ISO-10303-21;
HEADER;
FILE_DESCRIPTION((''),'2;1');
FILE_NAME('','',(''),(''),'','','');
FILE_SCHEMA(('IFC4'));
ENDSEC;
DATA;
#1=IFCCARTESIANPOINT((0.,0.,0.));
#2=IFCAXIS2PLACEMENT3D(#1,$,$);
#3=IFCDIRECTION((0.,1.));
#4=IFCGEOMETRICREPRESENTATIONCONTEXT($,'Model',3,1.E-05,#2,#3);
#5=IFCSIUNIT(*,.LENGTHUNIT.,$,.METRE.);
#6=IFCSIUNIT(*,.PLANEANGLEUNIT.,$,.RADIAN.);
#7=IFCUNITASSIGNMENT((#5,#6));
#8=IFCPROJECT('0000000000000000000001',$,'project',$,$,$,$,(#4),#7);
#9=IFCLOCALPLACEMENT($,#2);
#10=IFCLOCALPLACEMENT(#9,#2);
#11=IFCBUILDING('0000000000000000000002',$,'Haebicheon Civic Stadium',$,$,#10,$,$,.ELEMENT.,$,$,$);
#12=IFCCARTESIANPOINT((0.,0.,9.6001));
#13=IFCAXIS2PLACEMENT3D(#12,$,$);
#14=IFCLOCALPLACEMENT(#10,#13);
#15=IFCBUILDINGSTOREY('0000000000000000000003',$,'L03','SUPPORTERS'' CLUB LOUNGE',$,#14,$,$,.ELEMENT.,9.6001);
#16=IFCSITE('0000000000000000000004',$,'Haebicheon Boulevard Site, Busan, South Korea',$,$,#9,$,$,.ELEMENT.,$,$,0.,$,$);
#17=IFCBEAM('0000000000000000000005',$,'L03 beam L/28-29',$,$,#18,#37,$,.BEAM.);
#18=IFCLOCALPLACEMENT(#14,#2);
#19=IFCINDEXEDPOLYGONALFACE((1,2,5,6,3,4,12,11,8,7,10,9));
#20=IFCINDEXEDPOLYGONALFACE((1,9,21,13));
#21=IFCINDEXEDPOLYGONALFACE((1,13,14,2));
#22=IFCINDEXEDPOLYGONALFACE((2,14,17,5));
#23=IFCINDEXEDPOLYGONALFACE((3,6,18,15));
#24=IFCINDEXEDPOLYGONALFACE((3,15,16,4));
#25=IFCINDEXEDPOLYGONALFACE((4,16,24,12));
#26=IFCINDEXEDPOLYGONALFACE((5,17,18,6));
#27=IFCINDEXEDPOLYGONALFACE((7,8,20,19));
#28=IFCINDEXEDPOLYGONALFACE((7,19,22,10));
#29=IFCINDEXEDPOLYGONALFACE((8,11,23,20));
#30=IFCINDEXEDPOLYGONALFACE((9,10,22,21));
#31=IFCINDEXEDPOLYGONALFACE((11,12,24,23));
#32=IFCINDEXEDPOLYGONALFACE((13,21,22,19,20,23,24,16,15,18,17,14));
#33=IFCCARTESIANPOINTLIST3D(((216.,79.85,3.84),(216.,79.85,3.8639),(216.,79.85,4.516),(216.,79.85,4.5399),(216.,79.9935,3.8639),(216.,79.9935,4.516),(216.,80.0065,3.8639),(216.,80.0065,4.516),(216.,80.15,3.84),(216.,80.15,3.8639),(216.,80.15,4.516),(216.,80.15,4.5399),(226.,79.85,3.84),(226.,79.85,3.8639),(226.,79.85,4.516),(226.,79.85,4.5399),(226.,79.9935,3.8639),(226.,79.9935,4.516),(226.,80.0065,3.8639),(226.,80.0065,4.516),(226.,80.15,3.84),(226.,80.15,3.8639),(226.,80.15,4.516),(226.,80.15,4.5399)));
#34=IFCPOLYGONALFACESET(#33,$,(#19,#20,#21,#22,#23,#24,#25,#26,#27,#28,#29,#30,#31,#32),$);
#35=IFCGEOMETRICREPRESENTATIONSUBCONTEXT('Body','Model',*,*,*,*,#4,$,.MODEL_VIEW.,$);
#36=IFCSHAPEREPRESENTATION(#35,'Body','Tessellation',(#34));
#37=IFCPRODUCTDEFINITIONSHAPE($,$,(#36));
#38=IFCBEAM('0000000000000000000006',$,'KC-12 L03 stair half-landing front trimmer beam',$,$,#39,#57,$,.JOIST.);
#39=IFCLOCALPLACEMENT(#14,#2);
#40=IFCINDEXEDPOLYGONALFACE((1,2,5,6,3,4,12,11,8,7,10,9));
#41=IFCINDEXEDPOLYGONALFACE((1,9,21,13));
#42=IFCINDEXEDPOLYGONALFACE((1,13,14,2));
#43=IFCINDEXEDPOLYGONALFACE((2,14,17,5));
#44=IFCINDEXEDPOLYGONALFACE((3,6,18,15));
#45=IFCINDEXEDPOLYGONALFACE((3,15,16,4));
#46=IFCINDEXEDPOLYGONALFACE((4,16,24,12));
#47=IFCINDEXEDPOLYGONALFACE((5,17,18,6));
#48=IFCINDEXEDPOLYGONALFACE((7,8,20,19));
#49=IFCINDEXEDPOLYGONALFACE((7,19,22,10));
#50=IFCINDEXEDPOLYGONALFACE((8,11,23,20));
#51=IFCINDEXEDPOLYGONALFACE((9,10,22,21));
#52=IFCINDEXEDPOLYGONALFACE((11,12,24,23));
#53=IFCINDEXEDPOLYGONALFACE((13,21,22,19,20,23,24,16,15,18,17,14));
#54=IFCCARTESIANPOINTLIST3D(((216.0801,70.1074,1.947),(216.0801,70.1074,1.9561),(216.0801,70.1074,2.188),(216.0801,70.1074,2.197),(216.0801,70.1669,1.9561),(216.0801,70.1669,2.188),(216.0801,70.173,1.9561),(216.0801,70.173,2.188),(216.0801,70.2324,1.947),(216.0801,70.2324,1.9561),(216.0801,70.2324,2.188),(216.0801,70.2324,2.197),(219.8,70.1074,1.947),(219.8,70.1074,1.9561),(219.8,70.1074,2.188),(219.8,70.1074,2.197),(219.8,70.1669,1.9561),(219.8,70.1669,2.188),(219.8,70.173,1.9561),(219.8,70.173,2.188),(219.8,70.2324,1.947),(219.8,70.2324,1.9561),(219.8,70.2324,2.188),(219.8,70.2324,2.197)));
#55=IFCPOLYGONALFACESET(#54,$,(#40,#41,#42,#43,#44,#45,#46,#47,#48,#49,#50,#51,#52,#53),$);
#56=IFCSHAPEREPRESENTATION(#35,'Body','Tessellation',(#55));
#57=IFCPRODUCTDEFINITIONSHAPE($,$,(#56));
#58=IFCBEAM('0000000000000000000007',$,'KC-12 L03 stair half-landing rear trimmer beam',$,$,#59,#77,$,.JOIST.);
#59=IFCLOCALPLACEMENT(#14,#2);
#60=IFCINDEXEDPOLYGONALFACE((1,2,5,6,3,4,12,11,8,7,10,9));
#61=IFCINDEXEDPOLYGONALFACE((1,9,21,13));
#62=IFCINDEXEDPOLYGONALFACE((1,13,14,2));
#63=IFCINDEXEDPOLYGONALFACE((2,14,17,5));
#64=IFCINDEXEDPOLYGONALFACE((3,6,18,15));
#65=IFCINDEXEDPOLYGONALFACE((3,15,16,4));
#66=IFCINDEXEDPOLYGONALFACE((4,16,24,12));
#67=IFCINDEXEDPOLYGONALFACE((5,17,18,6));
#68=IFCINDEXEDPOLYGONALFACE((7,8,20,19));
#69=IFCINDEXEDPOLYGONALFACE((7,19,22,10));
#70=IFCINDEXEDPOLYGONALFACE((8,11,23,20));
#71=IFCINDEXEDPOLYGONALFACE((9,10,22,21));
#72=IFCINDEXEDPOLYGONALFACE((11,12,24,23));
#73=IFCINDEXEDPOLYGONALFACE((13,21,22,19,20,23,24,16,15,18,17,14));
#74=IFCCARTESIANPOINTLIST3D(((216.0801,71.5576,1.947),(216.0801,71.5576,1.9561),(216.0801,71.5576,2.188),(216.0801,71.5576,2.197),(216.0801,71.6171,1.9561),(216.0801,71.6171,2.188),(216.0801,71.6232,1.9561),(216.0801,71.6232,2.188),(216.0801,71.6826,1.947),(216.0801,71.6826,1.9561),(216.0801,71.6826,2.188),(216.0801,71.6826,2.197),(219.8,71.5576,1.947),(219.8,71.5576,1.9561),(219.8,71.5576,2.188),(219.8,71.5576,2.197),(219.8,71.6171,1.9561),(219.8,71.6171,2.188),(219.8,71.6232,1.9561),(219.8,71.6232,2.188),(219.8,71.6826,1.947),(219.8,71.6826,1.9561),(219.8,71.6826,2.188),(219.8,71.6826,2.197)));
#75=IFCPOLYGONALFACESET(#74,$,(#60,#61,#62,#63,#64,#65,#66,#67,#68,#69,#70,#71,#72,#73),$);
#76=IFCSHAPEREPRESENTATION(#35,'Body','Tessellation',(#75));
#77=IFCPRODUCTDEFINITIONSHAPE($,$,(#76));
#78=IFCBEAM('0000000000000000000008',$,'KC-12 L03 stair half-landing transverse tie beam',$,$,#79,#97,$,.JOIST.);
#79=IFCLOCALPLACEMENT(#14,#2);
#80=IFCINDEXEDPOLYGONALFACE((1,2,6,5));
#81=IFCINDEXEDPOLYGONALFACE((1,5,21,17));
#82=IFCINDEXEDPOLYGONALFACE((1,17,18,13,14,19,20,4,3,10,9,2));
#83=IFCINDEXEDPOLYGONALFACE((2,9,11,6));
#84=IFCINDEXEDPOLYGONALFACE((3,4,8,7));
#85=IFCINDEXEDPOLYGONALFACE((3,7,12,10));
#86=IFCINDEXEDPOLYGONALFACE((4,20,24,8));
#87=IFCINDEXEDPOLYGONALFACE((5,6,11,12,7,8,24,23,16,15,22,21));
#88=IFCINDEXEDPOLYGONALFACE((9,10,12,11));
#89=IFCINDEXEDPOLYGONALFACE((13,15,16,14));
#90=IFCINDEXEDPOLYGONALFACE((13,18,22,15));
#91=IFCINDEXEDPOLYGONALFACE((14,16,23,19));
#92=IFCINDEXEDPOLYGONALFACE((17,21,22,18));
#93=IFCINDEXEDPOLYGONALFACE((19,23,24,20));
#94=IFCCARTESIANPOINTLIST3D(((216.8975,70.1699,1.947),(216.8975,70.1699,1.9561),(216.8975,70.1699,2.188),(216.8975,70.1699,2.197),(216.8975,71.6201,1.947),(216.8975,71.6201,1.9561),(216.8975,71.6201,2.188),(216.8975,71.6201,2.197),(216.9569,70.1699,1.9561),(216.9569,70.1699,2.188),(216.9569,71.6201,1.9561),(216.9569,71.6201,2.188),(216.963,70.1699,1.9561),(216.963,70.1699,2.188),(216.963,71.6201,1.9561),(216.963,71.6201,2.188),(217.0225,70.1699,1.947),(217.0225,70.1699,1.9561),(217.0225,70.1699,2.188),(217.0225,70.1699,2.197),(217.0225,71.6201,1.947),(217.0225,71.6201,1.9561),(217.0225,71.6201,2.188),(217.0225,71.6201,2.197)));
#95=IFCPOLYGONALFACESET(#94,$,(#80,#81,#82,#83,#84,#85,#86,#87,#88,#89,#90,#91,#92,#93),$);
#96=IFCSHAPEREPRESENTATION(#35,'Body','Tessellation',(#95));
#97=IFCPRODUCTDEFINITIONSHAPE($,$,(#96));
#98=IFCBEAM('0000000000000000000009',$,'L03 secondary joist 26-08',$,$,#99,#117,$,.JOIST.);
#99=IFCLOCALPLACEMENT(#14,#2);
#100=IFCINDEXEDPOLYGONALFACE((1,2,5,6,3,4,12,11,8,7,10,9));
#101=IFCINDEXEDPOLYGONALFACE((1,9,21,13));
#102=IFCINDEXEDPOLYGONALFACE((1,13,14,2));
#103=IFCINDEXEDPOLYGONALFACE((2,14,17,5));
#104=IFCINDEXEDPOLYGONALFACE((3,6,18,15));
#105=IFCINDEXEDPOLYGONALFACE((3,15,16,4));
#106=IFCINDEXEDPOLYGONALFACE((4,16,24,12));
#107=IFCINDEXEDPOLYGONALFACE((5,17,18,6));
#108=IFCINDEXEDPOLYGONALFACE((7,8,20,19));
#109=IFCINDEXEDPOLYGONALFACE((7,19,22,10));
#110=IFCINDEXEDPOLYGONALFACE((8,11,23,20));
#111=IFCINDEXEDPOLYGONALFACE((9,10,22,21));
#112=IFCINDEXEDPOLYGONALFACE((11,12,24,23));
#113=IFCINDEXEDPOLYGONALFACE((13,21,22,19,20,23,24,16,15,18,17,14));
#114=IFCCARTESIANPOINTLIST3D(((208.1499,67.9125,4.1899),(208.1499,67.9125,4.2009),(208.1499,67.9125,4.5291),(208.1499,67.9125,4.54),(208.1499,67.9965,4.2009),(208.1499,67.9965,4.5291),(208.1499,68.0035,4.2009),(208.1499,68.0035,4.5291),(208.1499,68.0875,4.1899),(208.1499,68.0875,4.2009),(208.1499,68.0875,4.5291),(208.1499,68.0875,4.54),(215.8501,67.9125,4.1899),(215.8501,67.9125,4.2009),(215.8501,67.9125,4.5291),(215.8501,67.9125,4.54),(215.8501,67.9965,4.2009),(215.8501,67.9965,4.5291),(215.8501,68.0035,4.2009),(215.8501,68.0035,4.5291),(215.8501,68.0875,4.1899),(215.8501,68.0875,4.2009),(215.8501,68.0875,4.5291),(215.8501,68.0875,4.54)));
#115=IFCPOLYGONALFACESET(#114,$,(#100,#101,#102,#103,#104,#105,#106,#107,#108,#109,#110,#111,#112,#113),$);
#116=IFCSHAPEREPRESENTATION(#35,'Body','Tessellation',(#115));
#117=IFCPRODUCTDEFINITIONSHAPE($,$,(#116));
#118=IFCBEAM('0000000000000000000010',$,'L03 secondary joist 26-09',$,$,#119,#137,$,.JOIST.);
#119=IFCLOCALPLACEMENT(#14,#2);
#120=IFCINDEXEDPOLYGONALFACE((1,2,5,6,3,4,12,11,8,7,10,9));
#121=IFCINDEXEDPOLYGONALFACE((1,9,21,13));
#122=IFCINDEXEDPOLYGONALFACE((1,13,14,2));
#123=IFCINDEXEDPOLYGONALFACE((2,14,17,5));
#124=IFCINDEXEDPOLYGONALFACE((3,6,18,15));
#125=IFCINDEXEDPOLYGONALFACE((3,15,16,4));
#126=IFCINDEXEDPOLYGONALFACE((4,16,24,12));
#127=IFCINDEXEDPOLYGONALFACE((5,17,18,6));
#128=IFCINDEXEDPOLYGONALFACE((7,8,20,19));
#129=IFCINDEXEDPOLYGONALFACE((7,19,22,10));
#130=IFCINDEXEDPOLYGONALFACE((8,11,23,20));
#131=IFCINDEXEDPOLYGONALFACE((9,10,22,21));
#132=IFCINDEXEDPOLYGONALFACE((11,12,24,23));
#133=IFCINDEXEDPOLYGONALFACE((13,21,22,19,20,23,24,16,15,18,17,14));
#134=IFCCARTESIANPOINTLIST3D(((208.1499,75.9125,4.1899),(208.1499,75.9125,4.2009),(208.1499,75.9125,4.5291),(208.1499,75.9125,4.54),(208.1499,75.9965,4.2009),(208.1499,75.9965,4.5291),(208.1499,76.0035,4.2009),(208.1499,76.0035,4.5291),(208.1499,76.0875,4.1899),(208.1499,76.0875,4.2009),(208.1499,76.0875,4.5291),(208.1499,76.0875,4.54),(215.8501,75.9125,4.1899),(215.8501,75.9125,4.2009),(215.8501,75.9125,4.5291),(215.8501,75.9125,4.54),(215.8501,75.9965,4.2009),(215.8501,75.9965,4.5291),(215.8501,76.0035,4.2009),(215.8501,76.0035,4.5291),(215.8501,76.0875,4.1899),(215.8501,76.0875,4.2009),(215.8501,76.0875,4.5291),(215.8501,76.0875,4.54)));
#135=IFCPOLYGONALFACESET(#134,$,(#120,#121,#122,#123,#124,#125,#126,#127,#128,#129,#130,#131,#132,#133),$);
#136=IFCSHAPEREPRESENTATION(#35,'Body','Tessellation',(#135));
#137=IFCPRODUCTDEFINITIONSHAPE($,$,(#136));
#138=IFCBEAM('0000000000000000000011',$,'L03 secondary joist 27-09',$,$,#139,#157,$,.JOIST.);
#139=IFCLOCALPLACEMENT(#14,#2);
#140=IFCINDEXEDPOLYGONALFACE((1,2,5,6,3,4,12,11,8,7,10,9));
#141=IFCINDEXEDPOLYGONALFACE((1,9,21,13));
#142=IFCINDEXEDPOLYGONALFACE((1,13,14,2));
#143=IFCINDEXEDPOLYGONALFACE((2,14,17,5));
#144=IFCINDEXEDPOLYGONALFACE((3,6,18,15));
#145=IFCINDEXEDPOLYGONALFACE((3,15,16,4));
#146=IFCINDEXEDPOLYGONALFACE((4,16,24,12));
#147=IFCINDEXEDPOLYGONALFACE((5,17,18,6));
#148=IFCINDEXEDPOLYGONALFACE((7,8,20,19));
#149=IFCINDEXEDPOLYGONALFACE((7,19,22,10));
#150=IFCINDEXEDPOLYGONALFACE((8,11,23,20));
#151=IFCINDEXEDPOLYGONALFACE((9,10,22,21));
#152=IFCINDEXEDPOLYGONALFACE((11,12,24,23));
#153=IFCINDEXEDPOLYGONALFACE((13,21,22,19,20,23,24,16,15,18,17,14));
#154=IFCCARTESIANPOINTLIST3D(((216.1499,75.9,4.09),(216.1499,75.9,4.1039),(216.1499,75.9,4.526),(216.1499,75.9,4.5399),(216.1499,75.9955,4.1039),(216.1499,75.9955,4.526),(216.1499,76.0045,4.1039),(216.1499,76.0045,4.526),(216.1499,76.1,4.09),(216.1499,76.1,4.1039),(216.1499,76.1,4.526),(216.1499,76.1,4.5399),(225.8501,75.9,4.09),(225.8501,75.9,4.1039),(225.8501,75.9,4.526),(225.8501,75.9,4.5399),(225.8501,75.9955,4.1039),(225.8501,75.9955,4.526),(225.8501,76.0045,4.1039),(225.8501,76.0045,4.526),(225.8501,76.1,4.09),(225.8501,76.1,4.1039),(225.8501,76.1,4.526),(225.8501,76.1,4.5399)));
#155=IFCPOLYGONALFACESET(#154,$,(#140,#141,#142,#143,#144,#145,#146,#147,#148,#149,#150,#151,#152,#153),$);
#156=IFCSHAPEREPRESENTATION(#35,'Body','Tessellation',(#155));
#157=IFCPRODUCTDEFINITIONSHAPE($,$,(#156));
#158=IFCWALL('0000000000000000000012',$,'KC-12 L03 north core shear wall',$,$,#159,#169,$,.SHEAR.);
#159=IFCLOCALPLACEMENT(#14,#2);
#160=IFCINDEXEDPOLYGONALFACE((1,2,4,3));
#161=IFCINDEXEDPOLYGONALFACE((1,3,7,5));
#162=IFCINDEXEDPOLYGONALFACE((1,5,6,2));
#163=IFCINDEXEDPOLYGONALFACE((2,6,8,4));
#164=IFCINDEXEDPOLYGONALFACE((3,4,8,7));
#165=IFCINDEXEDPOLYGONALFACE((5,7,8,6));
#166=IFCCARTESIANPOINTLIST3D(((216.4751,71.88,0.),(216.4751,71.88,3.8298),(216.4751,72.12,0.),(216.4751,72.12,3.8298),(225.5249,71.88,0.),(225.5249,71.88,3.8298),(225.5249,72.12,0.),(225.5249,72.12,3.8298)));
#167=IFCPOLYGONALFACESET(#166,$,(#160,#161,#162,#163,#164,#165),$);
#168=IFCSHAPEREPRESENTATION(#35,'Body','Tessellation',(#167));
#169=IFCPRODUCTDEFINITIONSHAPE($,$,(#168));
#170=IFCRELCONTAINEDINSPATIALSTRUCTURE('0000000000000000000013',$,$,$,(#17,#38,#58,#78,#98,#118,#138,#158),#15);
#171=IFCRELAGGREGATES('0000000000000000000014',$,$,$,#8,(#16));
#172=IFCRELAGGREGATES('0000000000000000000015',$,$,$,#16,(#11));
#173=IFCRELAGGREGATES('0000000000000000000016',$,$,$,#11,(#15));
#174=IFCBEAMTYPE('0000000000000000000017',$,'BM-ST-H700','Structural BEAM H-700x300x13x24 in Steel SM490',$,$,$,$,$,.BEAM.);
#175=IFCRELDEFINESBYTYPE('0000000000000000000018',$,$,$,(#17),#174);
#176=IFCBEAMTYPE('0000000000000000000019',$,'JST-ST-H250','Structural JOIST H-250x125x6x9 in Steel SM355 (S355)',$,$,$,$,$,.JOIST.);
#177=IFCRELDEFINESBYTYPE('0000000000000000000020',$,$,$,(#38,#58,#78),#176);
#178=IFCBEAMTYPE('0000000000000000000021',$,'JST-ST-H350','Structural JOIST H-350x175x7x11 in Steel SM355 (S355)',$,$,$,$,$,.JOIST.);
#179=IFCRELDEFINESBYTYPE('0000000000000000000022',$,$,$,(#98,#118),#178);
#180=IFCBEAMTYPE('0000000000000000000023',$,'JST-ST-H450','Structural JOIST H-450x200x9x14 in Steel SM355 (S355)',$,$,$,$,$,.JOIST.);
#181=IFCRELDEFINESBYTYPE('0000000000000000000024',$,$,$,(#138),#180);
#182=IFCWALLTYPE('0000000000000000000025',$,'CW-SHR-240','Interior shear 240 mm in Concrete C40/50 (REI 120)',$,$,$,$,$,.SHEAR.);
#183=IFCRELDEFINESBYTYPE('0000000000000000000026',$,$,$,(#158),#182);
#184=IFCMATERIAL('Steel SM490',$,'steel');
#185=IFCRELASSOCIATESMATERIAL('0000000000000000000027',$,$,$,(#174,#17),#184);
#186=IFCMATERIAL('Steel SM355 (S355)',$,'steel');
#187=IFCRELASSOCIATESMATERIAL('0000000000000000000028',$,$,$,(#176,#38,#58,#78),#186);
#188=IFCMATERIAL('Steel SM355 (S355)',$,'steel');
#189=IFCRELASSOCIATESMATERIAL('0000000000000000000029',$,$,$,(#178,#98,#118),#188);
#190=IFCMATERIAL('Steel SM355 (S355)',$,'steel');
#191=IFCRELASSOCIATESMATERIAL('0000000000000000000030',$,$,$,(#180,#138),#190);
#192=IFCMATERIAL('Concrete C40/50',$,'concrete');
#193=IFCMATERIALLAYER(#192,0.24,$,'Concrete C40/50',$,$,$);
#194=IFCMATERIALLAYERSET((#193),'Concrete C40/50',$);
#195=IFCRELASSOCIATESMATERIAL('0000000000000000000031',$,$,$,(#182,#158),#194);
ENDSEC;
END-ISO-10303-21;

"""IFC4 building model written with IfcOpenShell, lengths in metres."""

from ifc_helpers import new_model, si_unit, direction, frame, frame_2d, origin, origin_2d, place, context, subcontext, project, spatial, rectangle, i_section, extrude, material, layer, layer_set, material_profile, profile_set, type_object, element, save


model = new_model("IFC4")

# Units and contexts
model_context = context("Model", 3, precision=1e-05, world=origin(), true_north=direction((0.0, 1.0)))
body_context = subcontext(model_context, "Body", "Model", "MODEL_VIEW")
ifc_project = project(units=[si_unit("LENGTHUNIT", "METRE"), si_unit("PLANEANGLEUNIT", "RADIAN")], contexts=[model_context])

# Site, building, storey
site_placement = place(None, origin())
site = spatial("IfcSite", under=ifc_project, at=site_placement, Name="Haebicheon Boulevard Site, Busan, South Korea", CompositionType="ELEMENT", RefElevation=0.0)
building_placement = place(site_placement, origin())
building = spatial("IfcBuilding", under=site, at=building_placement, Name="Haebicheon Civic Stadium", CompositionType="ELEMENT")
storey_placement = place(building_placement, frame((0.0, 0.0, 9.6001)))
storey = spatial("IfcBuildingStorey", under=building, at=storey_placement, Name="L03", Description="SUPPORTERS' CLUB LOUNGE", CompositionType="ELEMENT", Elevation=9.6001)

# Beams
ifc_material_1 = material(Name="Steel SM490", Category="steel")
ifc_material_profile_1 = material_profile(ifc_material_1, i_section(OverallWidth=0.3, OverallDepth=0.7, WebThickness=0.0129, FlangeThickness=0.0239, at=origin_2d()), Name="H-700x300x13x24")
ifc_profile_set_1 = profile_set([ifc_material_profile_1], Name="Steel SM490")
beam_type_1 = type_object("IfcBeamType", Name="BM-ST-H700", Description="Structural BEAM H-700x300x13x24 in Steel SM490", PredefinedType="BEAM", material=ifc_profile_set_1)
beam_1_placement = place(storey_placement, frame((216.0, 80.0, 4.1899), z_axis=(1.0, 0.0, 0.0), x_axis=(0.0, 1.0, 0.0)))
element("IfcBeam", 1, at=beam_1_placement, inside=storey, type_object=beam_type_1, material=ifc_profile_set_1, Name="L03 beam L/28-29", PredefinedType="BEAM", context=body_context, shape_type="SweptSolid", body=[
    extrude(i_section(OverallWidth=0.3, OverallDepth=0.7, WebThickness=0.0129, FlangeThickness=0.0239, at=origin_2d()), origin(), (0.0, 0.0, 1.0), 10.0),
])
ifc_material_2 = material(Name="Steel SM355 (S355)", Category="steel")
ifc_material_profile_2 = material_profile(ifc_material_2, i_section(OverallWidth=0.125, OverallDepth=0.25, WebThickness=0.0061, FlangeThickness=0.009, at=origin_2d()), Name="H-250x125x6x9")
ifc_profile_set_2 = profile_set([ifc_material_profile_2], Name="Steel SM355 (S355)")
beam_type_2 = type_object("IfcBeamType", Name="JST-ST-H250", Description="Structural JOIST H-250x125x6x9 in Steel SM355 (S355)", PredefinedType="JOIST", material=ifc_profile_set_2)
for number, where, z_axis, x_axis, name in (
    (2, (216.0801, 70.1699, 2.072), (1.0, 0.0, 0.0), (0.0, 1.0, 0.0), "KC-12 L03 stair half-landing front trimmer beam"),
    (3, (216.0801, 71.6201, 2.072), (1.0, 0.0, 0.0), (0.0, 1.0, 0.0), "KC-12 L03 stair half-landing rear trimmer beam"),
):
    element("IfcBeam", number, at=place(storey_placement, frame(where, z_axis=z_axis, x_axis=x_axis)), inside=storey, type_object=beam_type_2, material=ifc_profile_set_2, Name=name, PredefinedType="JOIST", context=body_context, shape_type="SweptSolid", body=[
        extrude(i_section(OverallWidth=0.125, OverallDepth=0.25, WebThickness=0.0061, FlangeThickness=0.009, at=origin_2d()), origin(), (0.0, 0.0, 1.0), 3.72),
    ])
beam_2_placement = place(storey_placement, frame((216.96, 70.1699, 2.072), z_axis=(0.0, 1.0, 0.0), x_axis=(-1.0, 0.0, 0.0)))
element("IfcBeam", 4, at=beam_2_placement, inside=storey, type_object=beam_type_2, material=ifc_profile_set_2, Name="KC-12 L03 stair half-landing transverse tie beam", PredefinedType="JOIST", context=body_context, shape_type="SweptSolid", body=[
    extrude(i_section(OverallWidth=0.125, OverallDepth=0.25, WebThickness=0.0061, FlangeThickness=0.009, at=origin_2d()), origin(), (0.0, 0.0, 1.0), 1.4502),
])
ifc_material_3 = material(Name="Steel SM355 (S355)", Category="steel")
ifc_material_profile_3 = material_profile(ifc_material_3, i_section(OverallWidth=0.175, OverallDepth=0.3501, WebThickness=0.0071, FlangeThickness=0.011, at=origin_2d()), Name="H-350x175x7x11")
ifc_profile_set_3 = profile_set([ifc_material_profile_3], Name="Steel SM355 (S355)")
beam_type_3 = type_object("IfcBeamType", Name="JST-ST-H350", Description="Structural JOIST H-350x175x7x11 in Steel SM355 (S355)", PredefinedType="JOIST", material=ifc_profile_set_3)
for number, where, z_axis, x_axis, name in (
    (5, (208.1499, 68.0, 4.365), (1.0, 0.0, 0.0), (0.0, 1.0, 0.0), "L03 secondary joist 26-08"),
    (6, (208.1499, 76.0, 4.365), (1.0, 0.0, 0.0), (0.0, 1.0, 0.0), "L03 secondary joist 26-09"),
):
    element("IfcBeam", number, at=place(storey_placement, frame(where, z_axis=z_axis, x_axis=x_axis)), inside=storey, type_object=beam_type_3, material=ifc_profile_set_3, Name=name, PredefinedType="JOIST", context=body_context, shape_type="SweptSolid", body=[
        extrude(i_section(OverallWidth=0.175, OverallDepth=0.3501, WebThickness=0.0071, FlangeThickness=0.011, at=origin_2d()), origin(), (0.0, 0.0, 1.0), 7.7002),
    ])
ifc_material_4 = material(Name="Steel SM355 (S355)", Category="steel")
ifc_material_profile_4 = material_profile(ifc_material_4, i_section(OverallWidth=0.2, OverallDepth=0.45, WebThickness=0.009, FlangeThickness=0.0139, at=origin_2d()), Name="H-450x200x9x14")
ifc_profile_set_4 = profile_set([ifc_material_profile_4], Name="Steel SM355 (S355)")
beam_type_4 = type_object("IfcBeamType", Name="JST-ST-H450", Description="Structural JOIST H-450x200x9x14 in Steel SM355 (S355)", PredefinedType="JOIST", material=ifc_profile_set_4)
beam_3_placement = place(storey_placement, frame((216.1499, 76.0, 4.3149), z_axis=(1.0, 0.0, 0.0), x_axis=(0.0, 1.0, 0.0)))
element("IfcBeam", 7, at=beam_3_placement, inside=storey, type_object=beam_type_4, material=ifc_profile_set_4, Name="L03 secondary joist 27-09", PredefinedType="JOIST", context=body_context, shape_type="SweptSolid", body=[
    extrude(i_section(OverallWidth=0.2, OverallDepth=0.45, WebThickness=0.009, FlangeThickness=0.0139, at=origin_2d()), origin(), (0.0, 0.0, 1.0), 9.7002),
])

# Wall
ifc_material_5 = material(Name="Concrete C40/50", Category="concrete")
ifc_layer_1 = layer(ifc_material_5, 0.24, Name="Concrete C40/50")
ifc_layer_set_1 = layer_set([ifc_layer_1], Name="Concrete C40/50")
wall_type_1 = type_object("IfcWallType", Name="CW-SHR-240", Description="Interior shear 240 mm in Concrete C40/50 (REI 120)", PredefinedType="SHEAR", material=ifc_layer_set_1)
wall_1_placement = place(storey_placement, frame((216.4751, 72.0, 0.0), z_axis=(0.0, 0.0, 1.0), x_axis=(1.0, 0.0, 0.0)))
element("IfcWall", 8, at=wall_1_placement, inside=storey, type_object=wall_type_1, material=ifc_layer_set_1, Name="KC-12 L03 north core shear wall", PredefinedType="SHEAR", context=body_context, shape_type="SweptSolid", body=[
    extrude(rectangle(XDim=9.0498, YDim=0.24, at=frame_2d((4.5249, 0.0))), origin(), (0.0, 0.0, 1.0), 3.8298),
])

save(model, "model.ifc")
